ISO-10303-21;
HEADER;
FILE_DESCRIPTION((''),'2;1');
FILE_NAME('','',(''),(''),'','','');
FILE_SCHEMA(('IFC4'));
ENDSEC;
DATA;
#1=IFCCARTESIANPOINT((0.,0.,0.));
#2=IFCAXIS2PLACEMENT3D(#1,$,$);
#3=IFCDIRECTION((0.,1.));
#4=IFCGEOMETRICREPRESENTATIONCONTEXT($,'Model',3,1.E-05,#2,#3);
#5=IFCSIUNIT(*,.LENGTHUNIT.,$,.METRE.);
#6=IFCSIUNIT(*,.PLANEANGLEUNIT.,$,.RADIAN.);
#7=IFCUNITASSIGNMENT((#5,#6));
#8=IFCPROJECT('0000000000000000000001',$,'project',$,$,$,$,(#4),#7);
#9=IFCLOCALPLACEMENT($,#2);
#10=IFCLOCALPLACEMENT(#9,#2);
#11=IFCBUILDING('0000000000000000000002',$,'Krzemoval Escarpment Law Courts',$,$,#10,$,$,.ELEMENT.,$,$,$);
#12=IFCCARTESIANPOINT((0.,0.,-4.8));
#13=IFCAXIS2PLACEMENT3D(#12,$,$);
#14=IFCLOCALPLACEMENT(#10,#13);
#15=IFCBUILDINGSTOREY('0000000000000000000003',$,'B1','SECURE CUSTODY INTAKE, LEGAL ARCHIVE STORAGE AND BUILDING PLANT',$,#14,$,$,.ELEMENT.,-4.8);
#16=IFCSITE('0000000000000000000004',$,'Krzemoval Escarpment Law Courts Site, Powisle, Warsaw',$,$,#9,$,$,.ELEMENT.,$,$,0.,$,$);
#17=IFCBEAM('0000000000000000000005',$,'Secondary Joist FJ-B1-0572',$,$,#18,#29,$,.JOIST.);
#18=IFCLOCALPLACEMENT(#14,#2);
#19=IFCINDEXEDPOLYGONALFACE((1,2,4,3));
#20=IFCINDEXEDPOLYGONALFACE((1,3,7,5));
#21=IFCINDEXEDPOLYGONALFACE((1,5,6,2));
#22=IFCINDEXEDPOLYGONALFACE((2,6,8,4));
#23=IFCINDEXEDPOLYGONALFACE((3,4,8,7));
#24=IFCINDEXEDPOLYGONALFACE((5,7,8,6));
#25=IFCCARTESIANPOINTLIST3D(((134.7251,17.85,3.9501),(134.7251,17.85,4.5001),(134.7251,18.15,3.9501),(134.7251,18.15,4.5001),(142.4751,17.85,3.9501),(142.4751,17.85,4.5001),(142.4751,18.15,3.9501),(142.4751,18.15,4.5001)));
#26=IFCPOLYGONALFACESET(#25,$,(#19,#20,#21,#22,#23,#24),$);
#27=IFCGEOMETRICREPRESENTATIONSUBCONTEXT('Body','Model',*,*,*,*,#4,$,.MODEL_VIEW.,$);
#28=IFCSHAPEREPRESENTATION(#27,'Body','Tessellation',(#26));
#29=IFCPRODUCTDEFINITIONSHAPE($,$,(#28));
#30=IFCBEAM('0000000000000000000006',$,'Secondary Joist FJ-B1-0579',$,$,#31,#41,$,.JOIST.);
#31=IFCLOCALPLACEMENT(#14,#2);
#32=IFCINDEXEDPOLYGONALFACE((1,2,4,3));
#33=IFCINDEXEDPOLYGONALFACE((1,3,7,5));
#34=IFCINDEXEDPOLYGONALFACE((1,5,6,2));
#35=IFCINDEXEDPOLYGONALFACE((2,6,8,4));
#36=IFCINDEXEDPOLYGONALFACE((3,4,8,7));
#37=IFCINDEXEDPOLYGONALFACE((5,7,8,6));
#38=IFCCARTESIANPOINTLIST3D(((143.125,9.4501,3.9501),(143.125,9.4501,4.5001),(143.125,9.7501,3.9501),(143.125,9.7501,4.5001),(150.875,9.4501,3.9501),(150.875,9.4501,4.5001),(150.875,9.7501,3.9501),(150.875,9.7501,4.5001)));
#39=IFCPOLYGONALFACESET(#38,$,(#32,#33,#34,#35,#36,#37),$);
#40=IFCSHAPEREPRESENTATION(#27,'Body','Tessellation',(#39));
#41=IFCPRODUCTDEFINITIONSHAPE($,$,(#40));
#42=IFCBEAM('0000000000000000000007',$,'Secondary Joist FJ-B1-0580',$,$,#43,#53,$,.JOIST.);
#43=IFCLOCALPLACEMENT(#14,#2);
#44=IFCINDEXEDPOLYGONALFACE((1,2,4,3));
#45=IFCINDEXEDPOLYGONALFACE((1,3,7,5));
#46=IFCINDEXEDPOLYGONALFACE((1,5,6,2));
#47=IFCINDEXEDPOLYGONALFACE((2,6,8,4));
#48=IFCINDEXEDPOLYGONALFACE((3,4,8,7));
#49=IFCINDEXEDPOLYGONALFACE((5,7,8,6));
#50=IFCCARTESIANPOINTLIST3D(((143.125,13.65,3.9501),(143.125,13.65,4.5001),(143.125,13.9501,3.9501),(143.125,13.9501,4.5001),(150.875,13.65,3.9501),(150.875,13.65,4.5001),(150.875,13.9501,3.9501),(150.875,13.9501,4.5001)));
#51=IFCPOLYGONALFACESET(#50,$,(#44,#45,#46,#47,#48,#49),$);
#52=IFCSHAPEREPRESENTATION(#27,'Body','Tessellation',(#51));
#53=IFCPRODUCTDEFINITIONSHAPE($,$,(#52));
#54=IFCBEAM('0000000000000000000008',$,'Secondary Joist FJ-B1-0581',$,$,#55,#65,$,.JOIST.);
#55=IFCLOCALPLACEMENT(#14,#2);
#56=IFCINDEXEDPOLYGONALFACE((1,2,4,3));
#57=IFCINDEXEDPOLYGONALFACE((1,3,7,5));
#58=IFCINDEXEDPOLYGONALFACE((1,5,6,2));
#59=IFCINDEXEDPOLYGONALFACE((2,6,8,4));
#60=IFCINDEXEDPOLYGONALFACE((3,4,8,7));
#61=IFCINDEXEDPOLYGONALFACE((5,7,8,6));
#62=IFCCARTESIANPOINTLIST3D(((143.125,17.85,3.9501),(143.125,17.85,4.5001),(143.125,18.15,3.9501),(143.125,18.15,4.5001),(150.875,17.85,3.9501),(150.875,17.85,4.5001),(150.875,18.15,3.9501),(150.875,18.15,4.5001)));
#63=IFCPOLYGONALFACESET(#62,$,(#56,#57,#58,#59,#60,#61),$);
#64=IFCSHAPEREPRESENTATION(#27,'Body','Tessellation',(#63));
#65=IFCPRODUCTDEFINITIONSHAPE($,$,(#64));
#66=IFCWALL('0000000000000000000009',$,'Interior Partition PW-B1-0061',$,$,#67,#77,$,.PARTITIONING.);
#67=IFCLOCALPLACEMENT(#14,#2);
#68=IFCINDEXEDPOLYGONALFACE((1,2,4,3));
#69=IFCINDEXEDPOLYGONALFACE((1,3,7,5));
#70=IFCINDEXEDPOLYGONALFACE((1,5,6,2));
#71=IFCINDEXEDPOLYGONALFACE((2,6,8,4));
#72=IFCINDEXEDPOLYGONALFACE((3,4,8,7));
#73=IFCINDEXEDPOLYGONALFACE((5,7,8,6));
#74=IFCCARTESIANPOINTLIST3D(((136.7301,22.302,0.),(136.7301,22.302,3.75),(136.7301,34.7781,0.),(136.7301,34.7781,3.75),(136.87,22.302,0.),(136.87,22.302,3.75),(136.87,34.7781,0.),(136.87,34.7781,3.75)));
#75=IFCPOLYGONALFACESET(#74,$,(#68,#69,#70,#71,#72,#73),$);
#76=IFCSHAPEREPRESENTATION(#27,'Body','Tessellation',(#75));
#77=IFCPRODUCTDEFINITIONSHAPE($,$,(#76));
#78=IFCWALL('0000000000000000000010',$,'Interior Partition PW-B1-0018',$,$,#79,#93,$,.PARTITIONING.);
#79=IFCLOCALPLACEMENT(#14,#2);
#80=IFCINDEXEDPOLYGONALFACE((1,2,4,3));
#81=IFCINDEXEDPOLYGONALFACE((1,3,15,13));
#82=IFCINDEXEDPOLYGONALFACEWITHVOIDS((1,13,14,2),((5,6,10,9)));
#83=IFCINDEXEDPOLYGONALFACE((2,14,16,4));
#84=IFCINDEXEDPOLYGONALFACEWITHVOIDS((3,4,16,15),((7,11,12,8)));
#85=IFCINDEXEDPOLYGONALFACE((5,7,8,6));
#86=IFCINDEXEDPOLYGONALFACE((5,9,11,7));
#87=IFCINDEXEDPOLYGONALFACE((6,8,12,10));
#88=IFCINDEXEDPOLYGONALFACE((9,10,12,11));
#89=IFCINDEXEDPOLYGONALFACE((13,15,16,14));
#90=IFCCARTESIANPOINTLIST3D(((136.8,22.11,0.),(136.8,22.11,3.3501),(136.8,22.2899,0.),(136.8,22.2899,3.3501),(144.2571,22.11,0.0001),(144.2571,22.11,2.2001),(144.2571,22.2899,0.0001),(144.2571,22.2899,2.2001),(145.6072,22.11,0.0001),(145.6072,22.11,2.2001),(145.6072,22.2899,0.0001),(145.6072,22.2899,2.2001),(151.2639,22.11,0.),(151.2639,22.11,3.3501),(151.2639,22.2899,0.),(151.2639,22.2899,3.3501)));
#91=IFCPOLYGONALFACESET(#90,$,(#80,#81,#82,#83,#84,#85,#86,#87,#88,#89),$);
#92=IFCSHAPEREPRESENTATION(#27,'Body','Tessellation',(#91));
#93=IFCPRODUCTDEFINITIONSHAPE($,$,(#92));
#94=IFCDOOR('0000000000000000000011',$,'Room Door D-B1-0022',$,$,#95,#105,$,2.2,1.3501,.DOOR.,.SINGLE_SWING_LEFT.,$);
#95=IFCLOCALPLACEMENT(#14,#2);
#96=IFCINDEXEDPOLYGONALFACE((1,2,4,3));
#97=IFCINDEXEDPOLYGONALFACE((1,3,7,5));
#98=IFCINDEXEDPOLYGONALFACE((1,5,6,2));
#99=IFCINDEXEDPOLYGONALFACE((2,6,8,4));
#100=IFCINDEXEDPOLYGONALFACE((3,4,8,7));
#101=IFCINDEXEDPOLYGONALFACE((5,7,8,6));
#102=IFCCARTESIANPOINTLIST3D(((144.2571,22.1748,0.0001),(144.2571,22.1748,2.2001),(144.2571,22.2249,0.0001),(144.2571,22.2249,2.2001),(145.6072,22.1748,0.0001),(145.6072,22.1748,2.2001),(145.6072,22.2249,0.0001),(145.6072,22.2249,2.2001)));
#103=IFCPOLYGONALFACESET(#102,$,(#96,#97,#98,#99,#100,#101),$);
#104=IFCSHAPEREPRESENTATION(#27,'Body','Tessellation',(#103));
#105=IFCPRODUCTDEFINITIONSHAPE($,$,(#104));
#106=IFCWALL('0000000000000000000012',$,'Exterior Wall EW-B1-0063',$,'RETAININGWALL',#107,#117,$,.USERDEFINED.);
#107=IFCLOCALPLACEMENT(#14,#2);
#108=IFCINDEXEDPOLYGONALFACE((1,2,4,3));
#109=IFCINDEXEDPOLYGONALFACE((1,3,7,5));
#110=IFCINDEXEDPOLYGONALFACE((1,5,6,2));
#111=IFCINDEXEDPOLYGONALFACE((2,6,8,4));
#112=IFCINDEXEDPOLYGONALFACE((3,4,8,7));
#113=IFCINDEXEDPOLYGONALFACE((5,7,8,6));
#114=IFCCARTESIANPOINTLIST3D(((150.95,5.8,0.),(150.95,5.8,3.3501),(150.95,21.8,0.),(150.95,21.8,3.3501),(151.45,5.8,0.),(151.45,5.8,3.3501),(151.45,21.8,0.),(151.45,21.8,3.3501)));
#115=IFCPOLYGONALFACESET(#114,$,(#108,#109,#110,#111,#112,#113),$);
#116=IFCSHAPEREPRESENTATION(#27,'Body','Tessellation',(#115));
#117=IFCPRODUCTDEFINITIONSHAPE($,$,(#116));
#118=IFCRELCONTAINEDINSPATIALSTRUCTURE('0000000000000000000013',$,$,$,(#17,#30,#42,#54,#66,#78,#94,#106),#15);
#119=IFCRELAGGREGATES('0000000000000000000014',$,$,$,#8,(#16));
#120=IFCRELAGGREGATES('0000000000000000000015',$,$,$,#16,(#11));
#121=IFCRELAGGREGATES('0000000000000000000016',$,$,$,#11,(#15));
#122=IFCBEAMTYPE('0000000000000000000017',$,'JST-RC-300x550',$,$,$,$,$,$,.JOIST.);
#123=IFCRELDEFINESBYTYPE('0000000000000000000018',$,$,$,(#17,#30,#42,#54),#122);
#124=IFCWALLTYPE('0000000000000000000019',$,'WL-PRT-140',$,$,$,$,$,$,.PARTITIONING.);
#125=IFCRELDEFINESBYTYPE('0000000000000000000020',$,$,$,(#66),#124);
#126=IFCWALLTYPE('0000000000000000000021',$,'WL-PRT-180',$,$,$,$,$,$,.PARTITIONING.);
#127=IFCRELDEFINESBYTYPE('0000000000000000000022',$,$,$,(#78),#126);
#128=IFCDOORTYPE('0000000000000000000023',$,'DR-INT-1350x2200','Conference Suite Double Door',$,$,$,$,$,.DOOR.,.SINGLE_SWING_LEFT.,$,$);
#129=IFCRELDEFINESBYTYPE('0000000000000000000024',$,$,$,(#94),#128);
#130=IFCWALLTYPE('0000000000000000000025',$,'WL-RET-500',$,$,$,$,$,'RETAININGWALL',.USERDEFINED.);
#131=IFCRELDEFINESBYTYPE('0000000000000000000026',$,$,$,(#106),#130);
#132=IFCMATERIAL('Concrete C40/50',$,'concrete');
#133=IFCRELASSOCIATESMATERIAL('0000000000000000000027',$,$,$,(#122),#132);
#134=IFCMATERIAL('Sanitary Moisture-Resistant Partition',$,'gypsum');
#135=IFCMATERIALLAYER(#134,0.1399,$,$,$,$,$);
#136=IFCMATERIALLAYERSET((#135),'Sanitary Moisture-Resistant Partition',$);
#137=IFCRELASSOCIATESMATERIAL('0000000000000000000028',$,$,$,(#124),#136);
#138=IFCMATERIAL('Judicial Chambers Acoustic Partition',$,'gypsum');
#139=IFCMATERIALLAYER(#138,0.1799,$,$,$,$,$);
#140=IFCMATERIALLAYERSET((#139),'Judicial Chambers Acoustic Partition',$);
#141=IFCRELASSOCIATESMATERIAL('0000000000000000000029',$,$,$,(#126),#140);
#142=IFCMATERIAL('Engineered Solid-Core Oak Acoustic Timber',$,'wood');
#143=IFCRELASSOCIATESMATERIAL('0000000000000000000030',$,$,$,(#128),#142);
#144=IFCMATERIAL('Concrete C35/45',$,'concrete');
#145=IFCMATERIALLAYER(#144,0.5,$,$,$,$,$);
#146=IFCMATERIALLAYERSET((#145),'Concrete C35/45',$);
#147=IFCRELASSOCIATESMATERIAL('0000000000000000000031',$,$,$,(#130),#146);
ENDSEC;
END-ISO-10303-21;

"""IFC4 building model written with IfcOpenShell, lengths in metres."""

from ifc_helpers import new_model, si_unit, direction, frame, frame_2d, origin, origin_2d, place, context, subcontext, project, spatial, rectangle, extrude, material, layer, layer_set, material_profile, profile_set, type_object, element, fill, save


model = new_model("IFC4")

# Units and contexts
model_context = context("Model", 3, precision=1e-05, world=origin(), true_north=direction((0.0, 1.0)))
body_context = subcontext(model_context, "Body", "Model", "MODEL_VIEW")
ifc_project = project(units=[si_unit("LENGTHUNIT", "METRE"), si_unit("PLANEANGLEUNIT", "RADIAN")], contexts=[model_context])

# Site, building, storey
site_placement = place(None, origin())
site = spatial("IfcSite", under=ifc_project, at=site_placement, Name="Krzemoval Escarpment Law Courts Site, Powisle, Warsaw", CompositionType="ELEMENT", RefElevation=0.0)
building_placement = place(site_placement, origin())
building = spatial("IfcBuilding", under=site, at=building_placement, Name="Krzemoval Escarpment Law Courts", CompositionType="ELEMENT")
storey_placement = place(building_placement, frame((0.0, 0.0, -4.8)))
storey = spatial("IfcBuildingStorey", under=building, at=storey_placement, Name="B1", Description="SECURE CUSTODY INTAKE, LEGAL ARCHIVE STORAGE AND BUILDING PLANT", CompositionType="ELEMENT", Elevation=-4.8)

# Beams
ifc_material_1 = material(Name="Concrete C40/50", Category="concrete")
ifc_material_profile_1 = material_profile(ifc_material_1, rectangle(XDim=0.3, YDim=0.55, at=origin_2d()), Name="RCB 300x550")
ifc_profile_set_1 = profile_set([ifc_material_profile_1], Name="Concrete C40/50")
beam_type_1 = type_object("IfcBeamType", Name="JST-RC-300x550", PredefinedType="JOIST", material=ifc_profile_set_1)
for number, where, z_axis, x_axis, name in (
    (1, (134.7251, 18.0, 4.2251), (1.0, 0.0, 0.0), (0.0, 1.0, 0.0), "Secondary Joist FJ-B1-0572"),
    (2, (143.125, 9.6001, 4.2251), (1.0, 0.0, 0.0), (0.0, 1.0, 0.0), "Secondary Joist FJ-B1-0579"),
    (3, (143.125, 13.8, 4.2251), (1.0, 0.0, 0.0), (0.0, 1.0, 0.0), "Secondary Joist FJ-B1-0580"),
    (4, (143.125, 18.0, 4.2251), (1.0, 0.0, 0.0), (0.0, 1.0, 0.0), "Secondary Joist FJ-B1-0581"),
):
    element("IfcBeam", number, at=place(storey_placement, frame(where, z_axis=z_axis, x_axis=x_axis)), inside=storey, type_object=beam_type_1, Name=name, PredefinedType="JOIST", context=body_context, shape_type="SweptSolid", body=[
        extrude(rectangle(XDim=0.3, YDim=0.55, at=origin_2d()), origin(), (0.0, 0.0, 1.0), 7.75),
    ])

# Wall
ifc_material_2 = material(Name="Sanitary Moisture-Resistant Partition", Category="gypsum")
ifc_layer_1 = layer(ifc_material_2, 0.1399)
ifc_layer_set_1 = layer_set([ifc_layer_1], Name="Sanitary Moisture-Resistant Partition")
wall_type_1 = type_object("IfcWallType", Name="WL-PRT-140", PredefinedType="PARTITIONING", material=ifc_layer_set_1)
wall_1_placement = place(storey_placement, frame((136.8, 22.302, 0.0), z_axis=(0.0, 0.0, 1.0), x_axis=(0.0, 1.0, 0.0)))
element("IfcWall", 5, at=wall_1_placement, inside=storey, type_object=wall_type_1, Name="Interior Partition PW-B1-0061", PredefinedType="PARTITIONING", context=body_context, shape_type="SweptSolid", body=[
    extrude(rectangle(XDim=12.4761, YDim=0.1399, at=frame_2d((6.238, 0.0))), origin(), (0.0, 0.0, 1.0), 3.75),
])

# Wall, opening, door
ifc_material_3 = material(Name="Judicial Chambers Acoustic Partition", Category="gypsum")
ifc_layer_2 = layer(ifc_material_3, 0.1799)
ifc_layer_set_2 = layer_set([ifc_layer_2], Name="Judicial Chambers Acoustic Partition")
wall_type_2 = type_object("IfcWallType", Name="WL-PRT-180", PredefinedType="PARTITIONING", material=ifc_layer_set_2)
wall_2_placement = place(storey_placement, frame((136.8, 22.2, 0.0), z_axis=(0.0, 0.0, 1.0), x_axis=(1.0, 0.0, 0.0)))
wall_2 = element("IfcWall", 6, at=wall_2_placement, inside=storey, type_object=wall_type_2, Name="Interior Partition PW-B1-0018", PredefinedType="PARTITIONING", context=body_context, shape_type="SweptSolid", body=[
    extrude(rectangle(XDim=14.4639, YDim=0.1799, at=frame_2d((7.2319, 0.0))), origin(), (0.0, 0.0, 1.0), 3.3501),
])
opening_placement = place(wall_2_placement, frame((7.457, 0.0, 0.0)))
opening = element("IfcOpeningElement", 7, at=opening_placement, cuts=wall_2, PredefinedType="OPENING", context=body_context, shape_type="SweptSolid", body=[
    extrude(rectangle(XDim=1.3501, YDim=2.2, at=frame_2d((0.675, 1.1001))), frame((0.0, 0.105, 0.0), z_axis=(0.0, -1.0, 0.0), x_axis=(1.0, 0.0, 0.0)), (0.0, 0.0, 1.0), 0.2099),
])
ifc_material_4 = material(Name="Engineered Solid-Core Oak Acoustic Timber", Category="wood")
door_type = type_object("IfcDoorType", Name="DR-INT-1350x2200", Description="Conference Suite Double Door", OperationType="SINGLE_SWING_LEFT", PredefinedType="DOOR", material=ifc_material_4)
door_placement = place(opening_placement, origin())
door = element("IfcDoor", 8, at=door_placement, inside=storey, type_object=door_type, Name="Room Door D-B1-0022", OperationType="SINGLE_SWING_LEFT", OverallHeight=2.2, OverallWidth=1.3501, PredefinedType="DOOR", context=body_context, shape_type="SweptSolid", body=[
    extrude(rectangle(XDim=1.3501, YDim=2.2, at=frame_2d((0.675, 1.1001))), frame((0.0, 0.0249, 0.0), z_axis=(0.0, -1.0, 0.0), x_axis=(1.0, 0.0, 0.0)), (0.0, 0.0, 1.0), 0.05),
])
fill(opening, door)

# Wall
ifc_material_5 = material(Name="Concrete C35/45", Category="concrete")
ifc_layer_3 = layer(ifc_material_5, 0.5)
ifc_layer_set_3 = layer_set([ifc_layer_3], Name="Concrete C35/45")
wall_type_3 = type_object("IfcWallType", Name="WL-RET-500", ElementType="RETAININGWALL", PredefinedType="USERDEFINED", material=ifc_layer_set_3)
wall_3_placement = place(storey_placement, frame((151.2, 21.8, 0.0), z_axis=(0.0, 0.0, 1.0), x_axis=(0.0, -1.0, 0.0)))
element("IfcWall", 9, at=wall_3_placement, inside=storey, type_object=wall_type_3, Name="Exterior Wall EW-B1-0063", ObjectType="RETAININGWALL", PredefinedType="USERDEFINED", context=body_context, shape_type="SweptSolid", body=[
    extrude(rectangle(XDim=16.0, YDim=0.5, at=frame_2d((8.0, 0.0))), origin(), (0.0, 0.0, 1.0), 3.3501),
])

save(model, "model.ifc")
